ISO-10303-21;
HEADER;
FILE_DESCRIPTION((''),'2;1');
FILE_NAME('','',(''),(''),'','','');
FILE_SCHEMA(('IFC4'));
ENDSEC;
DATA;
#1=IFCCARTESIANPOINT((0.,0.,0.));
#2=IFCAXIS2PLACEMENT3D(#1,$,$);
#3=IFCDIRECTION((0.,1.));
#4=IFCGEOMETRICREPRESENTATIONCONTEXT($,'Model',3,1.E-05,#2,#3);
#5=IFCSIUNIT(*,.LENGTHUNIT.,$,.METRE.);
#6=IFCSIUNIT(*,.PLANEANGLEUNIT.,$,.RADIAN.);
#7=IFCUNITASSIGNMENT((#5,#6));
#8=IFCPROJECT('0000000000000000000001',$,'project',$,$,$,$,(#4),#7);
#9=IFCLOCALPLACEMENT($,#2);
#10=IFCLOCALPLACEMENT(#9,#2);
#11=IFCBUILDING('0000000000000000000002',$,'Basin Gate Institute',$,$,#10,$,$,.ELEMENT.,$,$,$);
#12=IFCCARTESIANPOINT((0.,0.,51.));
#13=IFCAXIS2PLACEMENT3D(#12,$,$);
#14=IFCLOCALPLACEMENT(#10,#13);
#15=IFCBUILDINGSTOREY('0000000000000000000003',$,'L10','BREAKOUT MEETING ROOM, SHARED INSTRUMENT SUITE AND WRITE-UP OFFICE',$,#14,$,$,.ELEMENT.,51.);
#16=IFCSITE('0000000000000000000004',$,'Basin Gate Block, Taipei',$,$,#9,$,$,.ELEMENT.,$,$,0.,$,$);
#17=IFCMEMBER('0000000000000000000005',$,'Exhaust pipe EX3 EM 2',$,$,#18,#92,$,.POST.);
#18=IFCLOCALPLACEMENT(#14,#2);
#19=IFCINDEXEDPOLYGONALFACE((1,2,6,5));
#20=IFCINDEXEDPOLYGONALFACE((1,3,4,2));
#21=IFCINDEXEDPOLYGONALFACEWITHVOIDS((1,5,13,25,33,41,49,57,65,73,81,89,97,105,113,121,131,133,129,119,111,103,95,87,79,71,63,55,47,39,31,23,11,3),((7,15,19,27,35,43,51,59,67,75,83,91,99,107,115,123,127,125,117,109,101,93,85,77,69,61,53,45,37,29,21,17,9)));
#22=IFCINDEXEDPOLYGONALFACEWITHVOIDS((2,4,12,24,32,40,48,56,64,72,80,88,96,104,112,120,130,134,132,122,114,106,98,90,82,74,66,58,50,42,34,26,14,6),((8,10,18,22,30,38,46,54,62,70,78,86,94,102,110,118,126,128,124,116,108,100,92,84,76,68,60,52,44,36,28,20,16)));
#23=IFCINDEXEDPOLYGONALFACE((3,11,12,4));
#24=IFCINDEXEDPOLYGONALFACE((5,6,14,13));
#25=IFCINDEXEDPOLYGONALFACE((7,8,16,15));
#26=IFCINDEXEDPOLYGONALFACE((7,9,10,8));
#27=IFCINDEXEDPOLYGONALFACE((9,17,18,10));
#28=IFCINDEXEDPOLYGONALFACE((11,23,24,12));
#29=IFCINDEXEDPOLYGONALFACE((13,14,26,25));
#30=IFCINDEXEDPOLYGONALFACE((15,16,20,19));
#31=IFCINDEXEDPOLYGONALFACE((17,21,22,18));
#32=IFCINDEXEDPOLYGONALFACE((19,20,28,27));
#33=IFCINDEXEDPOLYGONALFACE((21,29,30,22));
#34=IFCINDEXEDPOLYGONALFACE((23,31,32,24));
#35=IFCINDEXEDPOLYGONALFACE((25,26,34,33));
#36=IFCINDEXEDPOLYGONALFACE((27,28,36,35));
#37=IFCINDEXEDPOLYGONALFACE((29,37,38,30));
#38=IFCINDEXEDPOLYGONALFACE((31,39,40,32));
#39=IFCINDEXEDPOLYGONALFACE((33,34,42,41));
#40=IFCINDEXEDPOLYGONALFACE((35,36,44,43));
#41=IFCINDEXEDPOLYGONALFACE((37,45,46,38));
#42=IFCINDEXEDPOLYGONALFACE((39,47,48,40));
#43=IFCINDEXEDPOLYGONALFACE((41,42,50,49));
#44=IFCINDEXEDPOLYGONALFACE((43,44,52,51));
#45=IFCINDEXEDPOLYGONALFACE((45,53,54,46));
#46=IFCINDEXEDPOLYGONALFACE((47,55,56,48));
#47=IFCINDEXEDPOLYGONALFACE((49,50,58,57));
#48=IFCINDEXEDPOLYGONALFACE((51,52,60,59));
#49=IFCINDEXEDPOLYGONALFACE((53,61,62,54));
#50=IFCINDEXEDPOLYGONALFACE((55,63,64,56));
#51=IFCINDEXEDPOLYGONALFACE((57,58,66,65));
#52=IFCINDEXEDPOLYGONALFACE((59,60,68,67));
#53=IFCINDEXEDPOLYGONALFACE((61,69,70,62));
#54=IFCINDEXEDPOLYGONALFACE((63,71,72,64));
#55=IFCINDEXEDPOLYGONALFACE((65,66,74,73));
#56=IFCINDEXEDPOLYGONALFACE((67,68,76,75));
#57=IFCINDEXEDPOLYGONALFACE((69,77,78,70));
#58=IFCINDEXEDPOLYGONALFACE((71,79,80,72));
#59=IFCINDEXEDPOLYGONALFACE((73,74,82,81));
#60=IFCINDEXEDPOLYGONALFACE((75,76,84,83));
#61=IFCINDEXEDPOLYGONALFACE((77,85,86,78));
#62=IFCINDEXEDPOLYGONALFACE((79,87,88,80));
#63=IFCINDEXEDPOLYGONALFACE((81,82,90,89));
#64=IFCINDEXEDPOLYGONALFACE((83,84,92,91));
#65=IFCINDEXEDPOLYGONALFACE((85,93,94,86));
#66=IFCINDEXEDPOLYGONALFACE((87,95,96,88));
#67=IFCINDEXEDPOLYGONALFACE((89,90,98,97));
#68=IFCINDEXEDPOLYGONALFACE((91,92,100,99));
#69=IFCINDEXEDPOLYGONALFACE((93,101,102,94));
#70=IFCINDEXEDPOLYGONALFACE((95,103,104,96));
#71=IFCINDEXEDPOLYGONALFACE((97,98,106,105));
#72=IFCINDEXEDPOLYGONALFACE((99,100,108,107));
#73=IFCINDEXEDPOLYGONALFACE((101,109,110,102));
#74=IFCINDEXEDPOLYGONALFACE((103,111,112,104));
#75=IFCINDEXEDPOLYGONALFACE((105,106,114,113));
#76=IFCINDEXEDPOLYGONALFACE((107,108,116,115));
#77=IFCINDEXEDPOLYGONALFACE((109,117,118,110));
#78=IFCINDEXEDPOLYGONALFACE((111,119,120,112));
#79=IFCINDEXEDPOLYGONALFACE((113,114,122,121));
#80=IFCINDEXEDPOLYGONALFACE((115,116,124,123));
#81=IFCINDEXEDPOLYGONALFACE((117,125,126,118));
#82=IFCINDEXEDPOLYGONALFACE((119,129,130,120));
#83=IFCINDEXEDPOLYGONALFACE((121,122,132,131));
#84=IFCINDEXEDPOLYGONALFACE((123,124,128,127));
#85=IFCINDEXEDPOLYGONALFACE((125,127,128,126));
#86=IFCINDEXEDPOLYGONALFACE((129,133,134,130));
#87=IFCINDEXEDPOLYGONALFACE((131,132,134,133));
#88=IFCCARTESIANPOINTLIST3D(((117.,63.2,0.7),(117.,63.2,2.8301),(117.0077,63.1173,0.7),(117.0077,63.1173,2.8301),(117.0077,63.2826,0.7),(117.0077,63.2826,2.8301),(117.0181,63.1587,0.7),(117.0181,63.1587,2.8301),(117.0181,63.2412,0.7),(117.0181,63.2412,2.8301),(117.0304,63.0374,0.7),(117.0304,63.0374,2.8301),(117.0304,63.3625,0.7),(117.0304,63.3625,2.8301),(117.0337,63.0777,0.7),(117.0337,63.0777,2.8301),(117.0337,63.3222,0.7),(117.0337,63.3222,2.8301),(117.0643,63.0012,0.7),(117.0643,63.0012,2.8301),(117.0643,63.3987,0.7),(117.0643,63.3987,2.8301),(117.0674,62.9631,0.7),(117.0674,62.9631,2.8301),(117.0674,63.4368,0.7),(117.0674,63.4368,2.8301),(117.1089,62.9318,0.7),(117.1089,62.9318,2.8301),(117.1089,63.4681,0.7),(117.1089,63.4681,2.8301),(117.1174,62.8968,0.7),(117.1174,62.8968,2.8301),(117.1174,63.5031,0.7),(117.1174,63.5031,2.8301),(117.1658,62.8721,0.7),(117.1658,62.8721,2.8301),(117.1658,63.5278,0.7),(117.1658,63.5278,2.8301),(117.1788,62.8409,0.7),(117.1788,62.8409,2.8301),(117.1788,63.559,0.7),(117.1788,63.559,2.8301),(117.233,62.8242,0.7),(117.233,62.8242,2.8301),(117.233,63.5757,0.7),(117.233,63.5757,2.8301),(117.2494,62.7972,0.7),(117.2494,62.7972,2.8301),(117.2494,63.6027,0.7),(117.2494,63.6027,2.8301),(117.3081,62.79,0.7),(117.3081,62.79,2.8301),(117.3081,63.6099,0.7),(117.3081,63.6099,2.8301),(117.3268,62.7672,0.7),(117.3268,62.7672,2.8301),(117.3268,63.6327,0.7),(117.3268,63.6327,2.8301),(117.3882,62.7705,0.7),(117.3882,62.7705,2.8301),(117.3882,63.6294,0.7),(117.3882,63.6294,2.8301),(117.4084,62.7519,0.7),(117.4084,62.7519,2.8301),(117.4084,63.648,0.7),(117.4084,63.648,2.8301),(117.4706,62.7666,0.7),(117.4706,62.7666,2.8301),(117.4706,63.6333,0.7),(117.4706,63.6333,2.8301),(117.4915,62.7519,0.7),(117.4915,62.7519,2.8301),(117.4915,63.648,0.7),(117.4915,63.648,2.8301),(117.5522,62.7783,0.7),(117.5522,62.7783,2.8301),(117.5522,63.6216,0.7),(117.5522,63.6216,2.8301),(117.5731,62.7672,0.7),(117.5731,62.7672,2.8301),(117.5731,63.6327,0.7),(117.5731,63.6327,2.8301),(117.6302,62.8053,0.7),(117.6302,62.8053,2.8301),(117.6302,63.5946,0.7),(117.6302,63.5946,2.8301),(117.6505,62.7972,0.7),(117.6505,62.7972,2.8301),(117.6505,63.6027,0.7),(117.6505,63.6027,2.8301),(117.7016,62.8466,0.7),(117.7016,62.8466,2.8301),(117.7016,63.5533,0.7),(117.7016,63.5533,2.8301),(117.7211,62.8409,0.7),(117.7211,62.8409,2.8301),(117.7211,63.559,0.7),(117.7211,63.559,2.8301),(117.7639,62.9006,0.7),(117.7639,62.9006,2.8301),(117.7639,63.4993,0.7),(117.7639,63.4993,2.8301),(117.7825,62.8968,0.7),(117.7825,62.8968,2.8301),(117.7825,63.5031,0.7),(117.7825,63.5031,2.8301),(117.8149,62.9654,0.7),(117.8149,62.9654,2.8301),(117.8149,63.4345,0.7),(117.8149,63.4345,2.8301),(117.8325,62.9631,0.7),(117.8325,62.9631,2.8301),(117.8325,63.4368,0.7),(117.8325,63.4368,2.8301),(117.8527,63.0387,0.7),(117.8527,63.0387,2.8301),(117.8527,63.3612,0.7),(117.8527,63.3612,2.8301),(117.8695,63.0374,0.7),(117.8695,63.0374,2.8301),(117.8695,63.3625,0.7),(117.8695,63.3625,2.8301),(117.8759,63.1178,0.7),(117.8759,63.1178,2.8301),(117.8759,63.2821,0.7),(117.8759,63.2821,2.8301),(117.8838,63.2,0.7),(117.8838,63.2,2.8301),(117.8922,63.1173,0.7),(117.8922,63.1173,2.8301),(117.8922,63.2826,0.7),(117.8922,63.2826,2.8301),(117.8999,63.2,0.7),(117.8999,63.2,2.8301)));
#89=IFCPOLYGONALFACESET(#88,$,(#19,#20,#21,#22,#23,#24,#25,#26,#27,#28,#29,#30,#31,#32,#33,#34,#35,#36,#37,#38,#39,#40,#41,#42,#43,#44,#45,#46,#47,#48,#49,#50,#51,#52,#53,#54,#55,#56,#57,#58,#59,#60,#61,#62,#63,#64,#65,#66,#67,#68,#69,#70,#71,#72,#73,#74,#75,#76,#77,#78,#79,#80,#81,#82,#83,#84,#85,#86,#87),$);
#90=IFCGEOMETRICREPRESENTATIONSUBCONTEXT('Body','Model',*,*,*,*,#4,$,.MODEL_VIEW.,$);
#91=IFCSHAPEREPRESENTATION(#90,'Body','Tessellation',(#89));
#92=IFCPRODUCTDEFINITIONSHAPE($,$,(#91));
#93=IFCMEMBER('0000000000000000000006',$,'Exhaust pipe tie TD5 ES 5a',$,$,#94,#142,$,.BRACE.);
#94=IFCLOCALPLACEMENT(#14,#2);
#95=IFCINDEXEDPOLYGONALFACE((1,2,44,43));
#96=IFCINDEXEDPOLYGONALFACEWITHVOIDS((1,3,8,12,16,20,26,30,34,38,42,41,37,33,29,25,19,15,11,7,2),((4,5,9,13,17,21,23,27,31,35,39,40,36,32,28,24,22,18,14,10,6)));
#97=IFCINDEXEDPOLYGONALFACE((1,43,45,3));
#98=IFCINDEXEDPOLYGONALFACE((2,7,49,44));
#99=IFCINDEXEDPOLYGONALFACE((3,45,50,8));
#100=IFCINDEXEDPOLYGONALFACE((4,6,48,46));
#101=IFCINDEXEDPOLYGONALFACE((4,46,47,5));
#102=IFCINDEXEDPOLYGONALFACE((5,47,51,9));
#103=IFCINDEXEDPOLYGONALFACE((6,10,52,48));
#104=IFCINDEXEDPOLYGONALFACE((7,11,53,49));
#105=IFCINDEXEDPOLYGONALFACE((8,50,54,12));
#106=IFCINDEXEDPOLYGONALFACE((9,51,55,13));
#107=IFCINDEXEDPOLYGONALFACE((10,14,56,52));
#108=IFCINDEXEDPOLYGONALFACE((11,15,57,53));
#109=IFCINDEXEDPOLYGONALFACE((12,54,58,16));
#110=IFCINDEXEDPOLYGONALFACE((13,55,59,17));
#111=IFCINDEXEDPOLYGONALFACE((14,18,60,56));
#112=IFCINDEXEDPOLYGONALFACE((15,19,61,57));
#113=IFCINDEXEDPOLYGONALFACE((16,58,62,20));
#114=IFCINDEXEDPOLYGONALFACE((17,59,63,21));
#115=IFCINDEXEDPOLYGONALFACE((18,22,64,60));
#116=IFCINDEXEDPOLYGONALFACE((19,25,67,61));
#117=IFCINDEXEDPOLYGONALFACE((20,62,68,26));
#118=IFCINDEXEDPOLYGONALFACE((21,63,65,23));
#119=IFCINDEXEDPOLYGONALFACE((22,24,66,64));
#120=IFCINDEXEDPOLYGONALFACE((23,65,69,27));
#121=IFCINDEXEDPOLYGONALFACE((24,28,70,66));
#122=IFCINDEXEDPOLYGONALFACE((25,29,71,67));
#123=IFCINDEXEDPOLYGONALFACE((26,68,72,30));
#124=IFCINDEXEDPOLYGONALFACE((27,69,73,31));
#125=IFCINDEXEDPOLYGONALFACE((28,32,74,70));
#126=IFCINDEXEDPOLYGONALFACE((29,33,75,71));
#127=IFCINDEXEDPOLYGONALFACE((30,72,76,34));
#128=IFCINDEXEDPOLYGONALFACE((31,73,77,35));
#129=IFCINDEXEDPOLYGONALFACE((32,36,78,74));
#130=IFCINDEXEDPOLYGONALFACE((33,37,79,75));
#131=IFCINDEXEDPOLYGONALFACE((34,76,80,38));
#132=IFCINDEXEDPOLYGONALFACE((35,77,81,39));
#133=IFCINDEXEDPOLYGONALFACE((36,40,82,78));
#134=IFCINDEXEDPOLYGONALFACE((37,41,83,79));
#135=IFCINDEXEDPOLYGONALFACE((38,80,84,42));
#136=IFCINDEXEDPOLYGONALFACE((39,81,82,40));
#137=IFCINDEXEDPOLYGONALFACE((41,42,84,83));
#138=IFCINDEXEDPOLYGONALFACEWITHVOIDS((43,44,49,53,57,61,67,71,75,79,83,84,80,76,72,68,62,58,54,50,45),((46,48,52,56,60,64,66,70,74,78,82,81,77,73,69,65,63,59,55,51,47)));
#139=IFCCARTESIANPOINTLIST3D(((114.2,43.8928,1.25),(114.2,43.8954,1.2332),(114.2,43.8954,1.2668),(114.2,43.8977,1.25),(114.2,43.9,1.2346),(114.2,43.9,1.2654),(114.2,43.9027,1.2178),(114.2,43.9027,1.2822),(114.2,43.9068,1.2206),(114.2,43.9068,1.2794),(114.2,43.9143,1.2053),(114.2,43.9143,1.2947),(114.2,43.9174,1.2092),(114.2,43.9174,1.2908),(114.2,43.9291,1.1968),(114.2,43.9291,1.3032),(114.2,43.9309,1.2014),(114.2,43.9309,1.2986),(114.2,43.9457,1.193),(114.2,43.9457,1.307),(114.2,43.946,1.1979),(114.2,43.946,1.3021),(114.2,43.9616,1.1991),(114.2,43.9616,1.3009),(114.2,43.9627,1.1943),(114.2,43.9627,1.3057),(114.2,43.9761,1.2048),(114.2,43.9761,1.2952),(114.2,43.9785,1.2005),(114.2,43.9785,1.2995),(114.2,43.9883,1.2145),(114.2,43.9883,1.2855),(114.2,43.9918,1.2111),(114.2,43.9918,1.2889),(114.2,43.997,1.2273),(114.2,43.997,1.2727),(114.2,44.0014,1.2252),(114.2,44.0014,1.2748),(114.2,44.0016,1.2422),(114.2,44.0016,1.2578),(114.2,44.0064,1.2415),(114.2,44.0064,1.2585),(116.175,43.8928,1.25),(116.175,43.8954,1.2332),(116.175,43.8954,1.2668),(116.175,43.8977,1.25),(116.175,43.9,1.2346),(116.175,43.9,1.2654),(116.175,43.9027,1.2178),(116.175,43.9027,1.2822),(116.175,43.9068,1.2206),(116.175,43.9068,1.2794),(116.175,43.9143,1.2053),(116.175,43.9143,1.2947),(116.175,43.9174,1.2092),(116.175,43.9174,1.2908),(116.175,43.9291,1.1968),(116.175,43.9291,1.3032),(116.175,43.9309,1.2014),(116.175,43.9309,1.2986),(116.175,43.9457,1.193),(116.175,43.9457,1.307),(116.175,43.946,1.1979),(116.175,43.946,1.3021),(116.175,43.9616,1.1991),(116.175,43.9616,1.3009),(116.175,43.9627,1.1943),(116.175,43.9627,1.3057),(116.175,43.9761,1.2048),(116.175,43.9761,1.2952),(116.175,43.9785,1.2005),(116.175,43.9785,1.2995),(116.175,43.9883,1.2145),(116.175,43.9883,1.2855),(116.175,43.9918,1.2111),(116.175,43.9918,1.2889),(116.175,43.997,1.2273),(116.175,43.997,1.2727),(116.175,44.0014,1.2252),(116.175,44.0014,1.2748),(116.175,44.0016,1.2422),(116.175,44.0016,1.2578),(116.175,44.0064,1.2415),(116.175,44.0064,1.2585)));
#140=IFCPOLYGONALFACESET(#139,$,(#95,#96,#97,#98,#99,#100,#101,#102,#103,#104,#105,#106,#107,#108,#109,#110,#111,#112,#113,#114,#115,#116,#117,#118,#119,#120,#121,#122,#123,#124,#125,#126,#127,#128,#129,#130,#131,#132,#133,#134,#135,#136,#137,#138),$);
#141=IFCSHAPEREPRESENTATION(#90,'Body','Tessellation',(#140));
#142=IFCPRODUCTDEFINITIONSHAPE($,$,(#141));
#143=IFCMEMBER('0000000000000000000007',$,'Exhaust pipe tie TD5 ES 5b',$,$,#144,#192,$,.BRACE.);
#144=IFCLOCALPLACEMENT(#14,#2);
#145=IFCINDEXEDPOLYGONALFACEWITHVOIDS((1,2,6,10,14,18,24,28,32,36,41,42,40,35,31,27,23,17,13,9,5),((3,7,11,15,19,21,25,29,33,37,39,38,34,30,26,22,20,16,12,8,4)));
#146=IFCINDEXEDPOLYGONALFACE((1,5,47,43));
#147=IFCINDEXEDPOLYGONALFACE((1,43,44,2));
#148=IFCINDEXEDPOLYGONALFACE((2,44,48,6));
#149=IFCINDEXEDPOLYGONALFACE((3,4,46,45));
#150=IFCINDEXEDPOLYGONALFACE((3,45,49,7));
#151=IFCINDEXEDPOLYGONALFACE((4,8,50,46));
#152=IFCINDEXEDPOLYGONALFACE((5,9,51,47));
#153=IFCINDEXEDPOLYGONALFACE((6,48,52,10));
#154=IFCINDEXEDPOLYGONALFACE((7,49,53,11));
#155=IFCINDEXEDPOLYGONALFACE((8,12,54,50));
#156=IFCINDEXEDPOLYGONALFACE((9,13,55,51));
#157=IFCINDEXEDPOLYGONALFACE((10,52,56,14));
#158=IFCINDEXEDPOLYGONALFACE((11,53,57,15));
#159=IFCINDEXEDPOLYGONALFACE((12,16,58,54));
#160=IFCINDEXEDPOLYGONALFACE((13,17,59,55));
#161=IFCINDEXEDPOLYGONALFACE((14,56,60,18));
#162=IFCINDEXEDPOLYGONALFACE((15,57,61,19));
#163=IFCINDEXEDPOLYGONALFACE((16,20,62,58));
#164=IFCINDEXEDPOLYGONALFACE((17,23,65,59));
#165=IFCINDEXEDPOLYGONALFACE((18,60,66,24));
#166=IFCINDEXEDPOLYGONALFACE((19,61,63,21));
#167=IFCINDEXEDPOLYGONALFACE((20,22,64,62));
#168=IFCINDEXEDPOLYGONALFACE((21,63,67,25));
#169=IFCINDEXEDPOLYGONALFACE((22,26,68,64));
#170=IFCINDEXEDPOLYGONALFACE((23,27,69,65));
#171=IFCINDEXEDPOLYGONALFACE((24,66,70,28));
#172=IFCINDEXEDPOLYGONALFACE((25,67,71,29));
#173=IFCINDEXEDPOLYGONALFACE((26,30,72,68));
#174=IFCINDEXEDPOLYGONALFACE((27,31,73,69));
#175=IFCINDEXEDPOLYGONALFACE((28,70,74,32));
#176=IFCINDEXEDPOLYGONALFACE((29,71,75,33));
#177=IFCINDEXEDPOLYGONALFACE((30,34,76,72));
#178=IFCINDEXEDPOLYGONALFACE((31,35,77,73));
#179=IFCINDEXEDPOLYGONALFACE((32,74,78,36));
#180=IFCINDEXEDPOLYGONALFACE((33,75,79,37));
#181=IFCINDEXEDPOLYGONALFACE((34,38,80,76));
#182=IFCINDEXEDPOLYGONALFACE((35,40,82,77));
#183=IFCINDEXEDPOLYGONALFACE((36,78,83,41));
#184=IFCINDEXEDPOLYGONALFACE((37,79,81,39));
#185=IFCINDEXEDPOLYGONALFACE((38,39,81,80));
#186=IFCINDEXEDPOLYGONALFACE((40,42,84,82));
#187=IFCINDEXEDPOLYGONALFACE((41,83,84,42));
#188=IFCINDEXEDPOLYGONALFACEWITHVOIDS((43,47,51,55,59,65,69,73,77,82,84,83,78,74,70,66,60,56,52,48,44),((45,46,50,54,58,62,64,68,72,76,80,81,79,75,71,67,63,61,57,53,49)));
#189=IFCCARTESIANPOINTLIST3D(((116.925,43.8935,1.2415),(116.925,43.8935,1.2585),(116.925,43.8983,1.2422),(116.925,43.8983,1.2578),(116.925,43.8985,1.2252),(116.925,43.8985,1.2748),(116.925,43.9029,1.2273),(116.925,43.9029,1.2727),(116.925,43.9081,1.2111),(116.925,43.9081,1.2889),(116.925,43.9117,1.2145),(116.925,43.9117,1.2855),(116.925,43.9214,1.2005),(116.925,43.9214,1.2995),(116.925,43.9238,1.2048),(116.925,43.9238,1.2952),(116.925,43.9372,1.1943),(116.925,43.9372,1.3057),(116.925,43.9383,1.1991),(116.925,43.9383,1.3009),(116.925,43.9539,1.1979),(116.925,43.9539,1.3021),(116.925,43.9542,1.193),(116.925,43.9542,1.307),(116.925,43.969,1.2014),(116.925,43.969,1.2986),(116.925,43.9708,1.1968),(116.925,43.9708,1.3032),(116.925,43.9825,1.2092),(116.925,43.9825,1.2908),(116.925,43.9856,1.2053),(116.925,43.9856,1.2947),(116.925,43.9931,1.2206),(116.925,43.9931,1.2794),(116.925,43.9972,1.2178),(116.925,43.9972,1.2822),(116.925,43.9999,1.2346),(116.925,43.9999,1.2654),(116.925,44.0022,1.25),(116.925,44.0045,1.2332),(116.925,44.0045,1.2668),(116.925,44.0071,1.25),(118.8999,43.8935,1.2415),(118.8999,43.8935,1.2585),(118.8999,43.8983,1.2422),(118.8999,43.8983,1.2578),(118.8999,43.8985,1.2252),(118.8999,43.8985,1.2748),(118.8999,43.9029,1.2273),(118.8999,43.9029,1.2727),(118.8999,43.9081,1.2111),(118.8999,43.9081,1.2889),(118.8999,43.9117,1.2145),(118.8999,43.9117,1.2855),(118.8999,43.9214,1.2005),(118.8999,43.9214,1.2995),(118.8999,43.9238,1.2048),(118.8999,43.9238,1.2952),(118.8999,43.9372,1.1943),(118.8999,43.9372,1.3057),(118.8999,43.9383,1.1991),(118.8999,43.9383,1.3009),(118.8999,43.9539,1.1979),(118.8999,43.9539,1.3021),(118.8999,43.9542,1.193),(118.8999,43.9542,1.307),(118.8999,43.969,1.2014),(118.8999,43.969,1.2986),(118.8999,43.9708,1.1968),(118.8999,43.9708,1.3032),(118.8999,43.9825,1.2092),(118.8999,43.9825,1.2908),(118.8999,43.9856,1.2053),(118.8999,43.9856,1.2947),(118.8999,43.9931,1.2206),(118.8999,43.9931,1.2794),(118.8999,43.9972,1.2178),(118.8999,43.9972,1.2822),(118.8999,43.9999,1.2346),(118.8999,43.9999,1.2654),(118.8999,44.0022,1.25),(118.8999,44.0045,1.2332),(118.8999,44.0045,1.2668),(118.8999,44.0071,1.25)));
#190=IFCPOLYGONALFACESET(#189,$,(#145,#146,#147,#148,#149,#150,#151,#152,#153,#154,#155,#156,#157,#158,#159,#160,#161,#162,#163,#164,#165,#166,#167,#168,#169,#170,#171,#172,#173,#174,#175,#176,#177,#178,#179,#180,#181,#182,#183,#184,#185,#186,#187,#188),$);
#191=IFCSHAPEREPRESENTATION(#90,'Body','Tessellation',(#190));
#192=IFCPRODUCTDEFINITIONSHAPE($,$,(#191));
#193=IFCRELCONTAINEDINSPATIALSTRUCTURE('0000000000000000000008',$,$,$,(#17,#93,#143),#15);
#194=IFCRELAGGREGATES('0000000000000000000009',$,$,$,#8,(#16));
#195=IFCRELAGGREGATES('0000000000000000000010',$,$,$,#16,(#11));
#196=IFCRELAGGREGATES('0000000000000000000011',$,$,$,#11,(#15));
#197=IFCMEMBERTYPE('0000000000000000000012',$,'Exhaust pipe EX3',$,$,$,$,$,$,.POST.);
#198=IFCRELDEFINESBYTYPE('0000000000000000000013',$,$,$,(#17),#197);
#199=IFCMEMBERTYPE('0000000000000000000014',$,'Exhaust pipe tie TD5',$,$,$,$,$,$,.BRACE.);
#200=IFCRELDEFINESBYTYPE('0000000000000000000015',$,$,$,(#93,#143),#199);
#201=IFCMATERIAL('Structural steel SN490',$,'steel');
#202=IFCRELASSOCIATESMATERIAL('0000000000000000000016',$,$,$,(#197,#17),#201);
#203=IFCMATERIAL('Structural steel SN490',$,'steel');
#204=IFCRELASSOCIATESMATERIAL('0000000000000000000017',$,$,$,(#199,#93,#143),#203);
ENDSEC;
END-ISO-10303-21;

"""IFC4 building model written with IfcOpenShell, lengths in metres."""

from ifc_helpers import new_model, si_unit, direction, frame, origin, origin_2d, place, context, subcontext, project, spatial, hollow_circle, extrude, material, material_profile, profile_set, type_object, element, save


model = new_model("IFC4")

# Units and contexts
model_context = context("Model", 3, precision=1e-05, world=origin(), true_north=direction((0.0, 1.0)))
body_context = subcontext(model_context, "Body", "Model", "MODEL_VIEW")
ifc_project = project(units=[si_unit("LENGTHUNIT", "METRE"), si_unit("PLANEANGLEUNIT", "RADIAN")], contexts=[model_context])

# Site, building, storey
site_placement = place(None, origin())
site = spatial("IfcSite", under=ifc_project, at=site_placement, Name="Basin Gate Block, Taipei", CompositionType="ELEMENT", RefElevation=0.0)
building_placement = place(site_placement, origin())
building = spatial("IfcBuilding", under=site, at=building_placement, Name="Basin Gate Institute", CompositionType="ELEMENT")
storey_placement = place(building_placement, frame((0.0, 0.0, 51.0)))
storey = spatial("IfcBuildingStorey", under=building, at=storey_placement, Name="L10", Description="BREAKOUT MEETING ROOM, SHARED INSTRUMENT SUITE AND WRITE-UP OFFICE", CompositionType="ELEMENT", Elevation=51.0)

# Members
ifc_material_1 = material(Name="Structural steel SN490", Category="steel")
ifc_material_profile_1 = material_profile(ifc_material_1, hollow_circle(Radius=0.45, WallThickness=0.0161, at=origin_2d()), Name="CHS900x16")
ifc_profile_set_1 = profile_set([ifc_material_profile_1], Name="Structural steel SN490")
member_type_1 = type_object("IfcMemberType", Name="Exhaust pipe EX3", PredefinedType="POST", material=ifc_profile_set_1)
member_1_placement = place(storey_placement, frame((117.45, 63.2, 0.7), z_axis=(0.0, 0.0, 1.0), x_axis=(1.0, 0.0, 0.0)))
element("IfcMember", 1, at=member_1_placement, inside=storey, type_object=member_type_1, material=ifc_profile_set_1, Name="Exhaust pipe EX3 EM 2", PredefinedType="POST", context=body_context, shape_type="SweptSolid", body=[
    extrude(hollow_circle(Radius=0.45, WallThickness=0.0161, at=origin_2d()), origin(), (0.0, 0.0, 1.0), 2.1301),
])
ifc_material_2 = material(Name="Structural steel SN490", Category="steel")
ifc_material_profile_2 = material_profile(ifc_material_2, hollow_circle(Radius=0.0571, WallThickness=0.0049, at=origin_2d()), Name="CHS114x5")
ifc_profile_set_2 = profile_set([ifc_material_profile_2], Name="Structural steel SN490")
member_type_2 = type_object("IfcMemberType", Name="Exhaust pipe tie TD5", PredefinedType="BRACE", material=ifc_profile_set_2)
member_2_placement = place(storey_placement, frame((116.175, 43.95, 1.25), z_axis=(-1.0, 0.0, 0.0), x_axis=(0.0, -1.0, 0.0)))
element("IfcMember", 2, at=member_2_placement, inside=storey, type_object=member_type_2, material=ifc_profile_set_2, Name="Exhaust pipe tie TD5 ES 5a", PredefinedType="BRACE", context=body_context, shape_type="SweptSolid", body=[
    extrude(hollow_circle(Radius=0.0571, WallThickness=0.0049, at=origin_2d()), origin(), (0.0, 0.0, 1.0), 1.9751),
])
member_3_placement = place(storey_placement, frame((116.925, 43.95, 1.25), z_axis=(1.0, 0.0, 0.0), x_axis=(0.0, 1.0, 0.0)))
element("IfcMember", 3, at=member_3_placement, inside=storey, type_object=member_type_2, material=ifc_profile_set_2, Name="Exhaust pipe tie TD5 ES 5b", PredefinedType="BRACE", context=body_context, shape_type="SweptSolid", body=[
    extrude(hollow_circle(Radius=0.0571, WallThickness=0.0049, at=origin_2d()), origin(), (0.0, 0.0, 1.0), 1.9749),
])

save(model, "model.ifc")
